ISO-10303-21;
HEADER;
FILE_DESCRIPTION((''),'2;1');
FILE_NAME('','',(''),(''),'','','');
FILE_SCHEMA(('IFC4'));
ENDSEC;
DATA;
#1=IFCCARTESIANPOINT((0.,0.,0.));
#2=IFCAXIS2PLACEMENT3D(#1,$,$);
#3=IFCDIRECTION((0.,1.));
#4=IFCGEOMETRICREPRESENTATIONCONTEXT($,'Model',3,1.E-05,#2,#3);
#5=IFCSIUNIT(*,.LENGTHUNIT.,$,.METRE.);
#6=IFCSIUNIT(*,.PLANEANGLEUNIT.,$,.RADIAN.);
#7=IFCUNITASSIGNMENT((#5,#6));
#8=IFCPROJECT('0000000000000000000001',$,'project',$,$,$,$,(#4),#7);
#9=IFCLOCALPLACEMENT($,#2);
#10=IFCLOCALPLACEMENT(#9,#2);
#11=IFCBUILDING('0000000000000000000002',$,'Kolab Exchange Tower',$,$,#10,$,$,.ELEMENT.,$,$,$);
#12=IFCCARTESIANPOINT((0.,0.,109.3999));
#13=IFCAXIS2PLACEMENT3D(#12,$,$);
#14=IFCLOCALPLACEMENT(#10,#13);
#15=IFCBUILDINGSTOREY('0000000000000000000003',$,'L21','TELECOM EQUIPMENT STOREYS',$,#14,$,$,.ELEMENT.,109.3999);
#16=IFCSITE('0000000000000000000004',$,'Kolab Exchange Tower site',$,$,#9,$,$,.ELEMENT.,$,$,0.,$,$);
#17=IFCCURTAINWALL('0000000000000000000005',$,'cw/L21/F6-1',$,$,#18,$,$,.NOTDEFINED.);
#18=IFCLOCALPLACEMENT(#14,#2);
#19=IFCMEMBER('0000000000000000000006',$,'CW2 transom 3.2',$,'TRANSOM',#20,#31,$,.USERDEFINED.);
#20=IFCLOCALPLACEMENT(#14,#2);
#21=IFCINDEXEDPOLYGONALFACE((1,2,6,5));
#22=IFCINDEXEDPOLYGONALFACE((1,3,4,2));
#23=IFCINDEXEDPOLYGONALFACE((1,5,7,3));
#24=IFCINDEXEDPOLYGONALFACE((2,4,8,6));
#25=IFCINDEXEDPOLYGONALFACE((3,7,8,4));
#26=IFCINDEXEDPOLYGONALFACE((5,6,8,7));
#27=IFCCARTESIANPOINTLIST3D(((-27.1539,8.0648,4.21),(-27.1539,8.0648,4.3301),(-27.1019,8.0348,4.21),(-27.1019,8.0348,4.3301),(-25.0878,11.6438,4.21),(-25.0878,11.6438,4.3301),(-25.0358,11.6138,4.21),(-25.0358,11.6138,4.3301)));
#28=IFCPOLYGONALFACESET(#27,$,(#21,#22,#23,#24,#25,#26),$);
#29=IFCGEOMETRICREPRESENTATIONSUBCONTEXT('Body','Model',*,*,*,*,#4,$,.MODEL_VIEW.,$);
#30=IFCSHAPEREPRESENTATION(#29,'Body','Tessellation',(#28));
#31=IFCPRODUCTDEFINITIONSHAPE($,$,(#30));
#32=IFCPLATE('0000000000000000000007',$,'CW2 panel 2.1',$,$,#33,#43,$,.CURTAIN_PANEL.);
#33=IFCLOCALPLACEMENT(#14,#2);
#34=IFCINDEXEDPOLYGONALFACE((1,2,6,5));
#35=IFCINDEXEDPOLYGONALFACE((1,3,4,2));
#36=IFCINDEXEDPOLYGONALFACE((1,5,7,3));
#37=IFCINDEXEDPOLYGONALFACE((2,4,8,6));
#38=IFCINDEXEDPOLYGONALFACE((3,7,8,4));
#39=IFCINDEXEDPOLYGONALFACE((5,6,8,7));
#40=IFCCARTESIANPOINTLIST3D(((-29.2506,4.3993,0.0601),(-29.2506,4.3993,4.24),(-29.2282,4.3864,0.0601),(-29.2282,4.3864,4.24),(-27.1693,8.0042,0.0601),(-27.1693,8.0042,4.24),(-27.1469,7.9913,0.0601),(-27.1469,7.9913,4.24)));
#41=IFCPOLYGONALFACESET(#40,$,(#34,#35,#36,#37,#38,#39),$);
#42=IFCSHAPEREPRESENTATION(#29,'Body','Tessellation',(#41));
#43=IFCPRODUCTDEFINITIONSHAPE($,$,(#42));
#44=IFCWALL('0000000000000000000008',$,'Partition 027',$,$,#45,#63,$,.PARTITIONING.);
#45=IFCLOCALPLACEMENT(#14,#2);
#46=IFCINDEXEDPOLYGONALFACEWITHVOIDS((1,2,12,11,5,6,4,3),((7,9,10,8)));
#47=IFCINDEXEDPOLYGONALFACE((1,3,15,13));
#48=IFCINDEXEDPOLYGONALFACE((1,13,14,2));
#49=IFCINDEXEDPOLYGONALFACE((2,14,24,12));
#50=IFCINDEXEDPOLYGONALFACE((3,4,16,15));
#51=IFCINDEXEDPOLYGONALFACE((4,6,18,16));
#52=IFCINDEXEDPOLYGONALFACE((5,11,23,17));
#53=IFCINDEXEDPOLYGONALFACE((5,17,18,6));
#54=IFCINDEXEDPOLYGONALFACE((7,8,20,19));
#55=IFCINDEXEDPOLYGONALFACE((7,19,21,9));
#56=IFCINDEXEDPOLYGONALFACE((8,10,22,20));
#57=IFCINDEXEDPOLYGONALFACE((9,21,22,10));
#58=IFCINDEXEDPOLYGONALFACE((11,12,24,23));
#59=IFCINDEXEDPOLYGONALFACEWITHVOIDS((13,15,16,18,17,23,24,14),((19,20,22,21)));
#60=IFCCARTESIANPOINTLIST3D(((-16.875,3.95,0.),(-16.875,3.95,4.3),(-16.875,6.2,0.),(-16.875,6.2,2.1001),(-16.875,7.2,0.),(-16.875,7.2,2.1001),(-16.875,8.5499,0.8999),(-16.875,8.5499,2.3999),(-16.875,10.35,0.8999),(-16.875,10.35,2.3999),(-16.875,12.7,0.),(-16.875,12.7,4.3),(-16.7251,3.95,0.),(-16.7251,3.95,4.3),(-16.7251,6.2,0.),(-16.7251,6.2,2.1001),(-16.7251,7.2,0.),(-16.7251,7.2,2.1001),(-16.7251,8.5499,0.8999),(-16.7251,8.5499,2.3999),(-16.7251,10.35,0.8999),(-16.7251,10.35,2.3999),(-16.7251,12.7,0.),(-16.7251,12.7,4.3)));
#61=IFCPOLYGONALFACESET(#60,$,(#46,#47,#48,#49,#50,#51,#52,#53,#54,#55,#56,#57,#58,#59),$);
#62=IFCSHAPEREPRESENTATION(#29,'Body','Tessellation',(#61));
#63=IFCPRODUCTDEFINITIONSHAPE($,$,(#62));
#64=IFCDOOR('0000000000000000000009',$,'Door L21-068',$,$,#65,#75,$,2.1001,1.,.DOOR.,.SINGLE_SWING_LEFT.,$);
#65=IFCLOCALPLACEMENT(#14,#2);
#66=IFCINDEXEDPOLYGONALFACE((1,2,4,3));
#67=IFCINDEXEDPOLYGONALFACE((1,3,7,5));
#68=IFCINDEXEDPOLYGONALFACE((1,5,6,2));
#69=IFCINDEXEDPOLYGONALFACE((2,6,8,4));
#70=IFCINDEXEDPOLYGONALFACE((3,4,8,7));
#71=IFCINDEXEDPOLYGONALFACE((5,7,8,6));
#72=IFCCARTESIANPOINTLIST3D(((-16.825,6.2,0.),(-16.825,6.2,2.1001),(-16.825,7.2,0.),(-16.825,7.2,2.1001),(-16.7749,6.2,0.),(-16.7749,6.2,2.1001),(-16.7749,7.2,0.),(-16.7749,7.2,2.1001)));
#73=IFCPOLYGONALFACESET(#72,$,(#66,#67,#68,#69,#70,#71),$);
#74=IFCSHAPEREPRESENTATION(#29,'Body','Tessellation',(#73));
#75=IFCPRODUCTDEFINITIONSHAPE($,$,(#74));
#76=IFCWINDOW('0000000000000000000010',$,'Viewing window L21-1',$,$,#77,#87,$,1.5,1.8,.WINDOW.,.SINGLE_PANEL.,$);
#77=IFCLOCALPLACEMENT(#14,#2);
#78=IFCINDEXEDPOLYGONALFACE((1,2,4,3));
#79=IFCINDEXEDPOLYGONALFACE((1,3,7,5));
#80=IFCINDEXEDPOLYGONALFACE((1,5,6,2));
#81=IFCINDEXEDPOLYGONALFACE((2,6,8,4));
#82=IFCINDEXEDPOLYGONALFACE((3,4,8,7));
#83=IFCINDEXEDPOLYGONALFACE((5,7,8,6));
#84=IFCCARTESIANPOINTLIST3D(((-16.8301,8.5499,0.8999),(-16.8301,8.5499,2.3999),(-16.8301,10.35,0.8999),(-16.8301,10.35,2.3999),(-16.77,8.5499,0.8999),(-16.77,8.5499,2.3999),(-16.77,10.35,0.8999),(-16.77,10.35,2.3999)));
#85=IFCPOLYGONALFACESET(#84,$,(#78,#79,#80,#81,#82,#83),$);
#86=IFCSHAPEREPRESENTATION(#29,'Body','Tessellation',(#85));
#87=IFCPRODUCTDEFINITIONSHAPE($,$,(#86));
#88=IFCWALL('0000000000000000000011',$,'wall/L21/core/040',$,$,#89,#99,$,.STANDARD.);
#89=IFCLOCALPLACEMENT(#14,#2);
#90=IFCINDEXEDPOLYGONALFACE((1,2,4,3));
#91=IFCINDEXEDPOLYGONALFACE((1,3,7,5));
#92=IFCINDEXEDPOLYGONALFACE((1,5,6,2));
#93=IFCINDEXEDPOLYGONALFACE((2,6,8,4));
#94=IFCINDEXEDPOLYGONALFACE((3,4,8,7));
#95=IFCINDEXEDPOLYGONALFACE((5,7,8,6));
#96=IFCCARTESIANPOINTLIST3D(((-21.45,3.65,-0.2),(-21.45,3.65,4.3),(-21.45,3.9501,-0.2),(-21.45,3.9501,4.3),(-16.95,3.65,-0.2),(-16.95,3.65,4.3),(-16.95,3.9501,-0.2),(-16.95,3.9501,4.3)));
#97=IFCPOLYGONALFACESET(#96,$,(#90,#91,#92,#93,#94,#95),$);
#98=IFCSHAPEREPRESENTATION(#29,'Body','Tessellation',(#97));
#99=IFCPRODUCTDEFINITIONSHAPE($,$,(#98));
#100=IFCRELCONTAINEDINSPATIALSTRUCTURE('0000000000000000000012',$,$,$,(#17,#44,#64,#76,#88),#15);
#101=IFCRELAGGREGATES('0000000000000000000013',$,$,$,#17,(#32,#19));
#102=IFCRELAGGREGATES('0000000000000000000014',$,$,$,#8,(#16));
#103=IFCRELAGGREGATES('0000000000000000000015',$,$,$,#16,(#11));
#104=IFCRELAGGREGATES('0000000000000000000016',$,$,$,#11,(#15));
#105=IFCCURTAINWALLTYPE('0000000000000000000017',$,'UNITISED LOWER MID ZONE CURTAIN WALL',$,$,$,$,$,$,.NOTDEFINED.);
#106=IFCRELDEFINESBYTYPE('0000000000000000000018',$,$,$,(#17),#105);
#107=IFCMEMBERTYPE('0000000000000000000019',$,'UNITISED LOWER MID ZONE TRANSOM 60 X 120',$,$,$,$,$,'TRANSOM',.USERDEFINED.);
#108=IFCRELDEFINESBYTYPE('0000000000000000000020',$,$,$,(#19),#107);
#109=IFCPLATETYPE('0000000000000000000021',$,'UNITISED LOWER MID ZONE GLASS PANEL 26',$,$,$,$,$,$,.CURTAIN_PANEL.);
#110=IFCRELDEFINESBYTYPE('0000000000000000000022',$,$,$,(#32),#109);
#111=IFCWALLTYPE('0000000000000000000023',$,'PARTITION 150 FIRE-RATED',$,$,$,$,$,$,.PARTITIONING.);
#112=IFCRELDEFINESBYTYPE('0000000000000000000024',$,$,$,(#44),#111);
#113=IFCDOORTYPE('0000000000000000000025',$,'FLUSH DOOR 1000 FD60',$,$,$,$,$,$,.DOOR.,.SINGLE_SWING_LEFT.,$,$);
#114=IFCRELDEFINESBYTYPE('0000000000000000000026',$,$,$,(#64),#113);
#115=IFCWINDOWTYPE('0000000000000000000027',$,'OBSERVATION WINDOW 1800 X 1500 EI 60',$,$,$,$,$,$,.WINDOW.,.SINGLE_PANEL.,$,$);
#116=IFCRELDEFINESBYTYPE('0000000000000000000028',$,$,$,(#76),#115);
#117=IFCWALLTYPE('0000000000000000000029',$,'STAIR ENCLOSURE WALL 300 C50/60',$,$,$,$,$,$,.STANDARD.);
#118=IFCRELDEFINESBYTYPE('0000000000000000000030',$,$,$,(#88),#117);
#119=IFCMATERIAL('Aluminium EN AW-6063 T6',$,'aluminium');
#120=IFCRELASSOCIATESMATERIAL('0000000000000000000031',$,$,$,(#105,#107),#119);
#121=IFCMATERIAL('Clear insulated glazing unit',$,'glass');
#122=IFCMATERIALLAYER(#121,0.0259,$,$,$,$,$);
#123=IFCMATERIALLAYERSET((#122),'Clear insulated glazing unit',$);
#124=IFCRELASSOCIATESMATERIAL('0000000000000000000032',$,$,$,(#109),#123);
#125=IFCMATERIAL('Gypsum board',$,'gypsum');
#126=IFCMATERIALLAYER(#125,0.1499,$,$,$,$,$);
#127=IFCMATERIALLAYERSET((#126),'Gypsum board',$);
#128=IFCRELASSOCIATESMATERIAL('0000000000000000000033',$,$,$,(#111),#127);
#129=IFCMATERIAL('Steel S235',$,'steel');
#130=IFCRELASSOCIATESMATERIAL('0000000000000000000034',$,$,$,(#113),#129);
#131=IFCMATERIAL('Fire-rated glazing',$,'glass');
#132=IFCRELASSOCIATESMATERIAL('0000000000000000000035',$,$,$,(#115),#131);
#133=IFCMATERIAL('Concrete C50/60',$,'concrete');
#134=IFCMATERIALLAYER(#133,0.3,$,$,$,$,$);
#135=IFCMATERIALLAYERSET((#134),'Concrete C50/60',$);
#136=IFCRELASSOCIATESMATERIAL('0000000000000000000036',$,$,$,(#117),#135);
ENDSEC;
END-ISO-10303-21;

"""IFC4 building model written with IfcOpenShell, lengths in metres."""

from ifc_helpers import new_model, si_unit, direction, frame, frame_2d, origin, origin_2d, place, context, subcontext, project, spatial, rectangle, extrude, material, layer, layer_set, material_profile, profile_set, type_object, element, fill, aggregate, save


model = new_model("IFC4")

# Units and contexts
model_context = context("Model", 3, precision=1e-05, world=origin(), true_north=direction((0.0, 1.0)))
body_context = subcontext(model_context, "Body", "Model", "MODEL_VIEW")
ifc_project = project(units=[si_unit("LENGTHUNIT", "METRE"), si_unit("PLANEANGLEUNIT", "RADIAN")], contexts=[model_context])

# Site, building, storey
site_placement = place(None, origin())
site = spatial("IfcSite", under=ifc_project, at=site_placement, Name="Kolab Exchange Tower site", CompositionType="ELEMENT", RefElevation=0.0)
building_placement = place(site_placement, origin())
building = spatial("IfcBuilding", under=site, at=building_placement, Name="Kolab Exchange Tower", CompositionType="ELEMENT")
storey_placement = place(building_placement, frame((0.0, 0.0, 109.3999)))
storey = spatial("IfcBuildingStorey", under=building, at=storey_placement, Name="L21", Description="TELECOM EQUIPMENT STOREYS", CompositionType="ELEMENT", Elevation=109.3999)

# Curtain wall, member, plate
ifc_material_1 = material(Name="Aluminium EN AW-6063 T6", Category="aluminium")
curtain_wall_type = type_object("IfcCurtainWallType", Name="UNITISED LOWER MID ZONE CURTAIN WALL", PredefinedType="NOTDEFINED", material=ifc_material_1)
curtain_wall_placement = place(storey_placement, origin())
curtain_wall = element("IfcCurtainWall", 1, at=curtain_wall_placement, inside=storey, type_object=curtain_wall_type, Name="cw/L21/F6-1", PredefinedType="NOTDEFINED")
ifc_material_profile_1 = material_profile(ifc_material_1, rectangle(XDim=0.0601, YDim=0.1201, at=origin_2d()), Name="RECT 60X120")
ifc_profile_set_1 = profile_set([ifc_material_profile_1], Name="Aluminium EN AW-6063 T6")
member_type_1 = type_object("IfcMemberType", Name="UNITISED LOWER MID ZONE TRANSOM 60 X 120", ElementType="TRANSOM", PredefinedType="USERDEFINED", material=ifc_profile_set_1)
member_1_placement = place(storey_placement, frame((-27.1279, 8.0498, 4.27), z_axis=(0.499958, 0.86605, 0.0), x_axis=(-0.86605, 0.499958, 0.0)))
member_1 = element("IfcMember", 2, at=member_1_placement, type_object=member_type_1, Name="CW2 transom 3.2", ObjectType="TRANSOM", PredefinedType="USERDEFINED", context=body_context, shape_type="SweptSolid", body=[
    extrude(rectangle(XDim=0.0601, YDim=0.1201, at=origin_2d()), origin(), (0.0, 0.0, 1.0), 4.1326),
])
ifc_material_2 = material(Name="Clear insulated glazing unit", Category="glass")
ifc_layer_1 = layer(ifc_material_2, 0.0259)
ifc_layer_set_1 = layer_set([ifc_layer_1], Name="Clear insulated glazing unit")
plate_type = type_object("IfcPlateType", Name="UNITISED LOWER MID ZONE GLASS PANEL 26", PredefinedType="CURTAIN_PANEL", material=ifc_layer_set_1)
plate_placement = place(storey_placement, frame((-28.1987, 6.1953, 0.0601), z_axis=(0.0, 0.0, 1.0), x_axis=(0.5, 0.866025, 0.0)))
plate = element("IfcPlate", 3, at=plate_placement, type_object=plate_type, Name="CW2 panel 2.1", PredefinedType="CURTAIN_PANEL", context=body_context, shape_type="SweptSolid", body=[
    extrude(rectangle(XDim=4.1626, YDim=0.0259, at=origin_2d()), origin(), (0.0, 0.0, 1.0), 4.1799),
])
aggregate(curtain_wall, [plate, member_1])

# Wall, openings, door, window
ifc_material_3 = material(Name="Gypsum board", Category="gypsum")
ifc_layer_2 = layer(ifc_material_3, 0.1499)
ifc_layer_set_2 = layer_set([ifc_layer_2], Name="Gypsum board")
wall_type_1 = type_object("IfcWallType", Name="PARTITION 150 FIRE-RATED", PredefinedType="PARTITIONING", material=ifc_layer_set_2)
wall_1_placement = place(storey_placement, frame((-16.8, 3.95, 0.0), z_axis=(0.0, 0.0, 1.0), x_axis=(0.0, 1.0, 0.0)))
wall_1 = element("IfcWall", 4, at=wall_1_placement, inside=storey, type_object=wall_type_1, Name="Partition 027", PredefinedType="PARTITIONING", context=body_context, shape_type="SweptSolid", body=[
    extrude(rectangle(XDim=8.75, YDim=0.1499, at=frame_2d((4.375, 0.0))), origin(), (0.0, 0.0, 1.0), 4.3),
])
opening_1_placement = place(wall_1_placement, frame((2.25, 0.0, 0.0)))
opening_1 = element("IfcOpeningElement", 5, at=opening_1_placement, cuts=wall_1, PredefinedType="OPENING", context=body_context, shape_type="SweptSolid", body=[
    extrude(rectangle(XDim=1.0, YDim=2.1001, at=frame_2d((0.5, 1.05))), frame((0.0, 0.085, 0.0), z_axis=(0.0, -1.0, 0.0), x_axis=(1.0, 0.0, 0.0)), (0.0, 0.0, 1.0), 0.1699),
])
opening_2_placement = place(wall_1_placement, frame((4.6001, 0.0, 0.8999)))
opening_2 = element("IfcOpeningElement", 6, at=opening_2_placement, cuts=wall_1, PredefinedType="OPENING", context=body_context, shape_type="SweptSolid", body=[
    extrude(rectangle(XDim=1.8, YDim=1.5, at=frame_2d((0.8999, 0.75))), frame((0.0, 0.085, 0.0), z_axis=(0.0, -1.0, 0.0), x_axis=(1.0, 0.0, 0.0)), (0.0, 0.0, 1.0), 0.1699),
])
ifc_material_4 = material(Name="Steel S235", Category="steel")
door_type = type_object("IfcDoorType", Name="FLUSH DOOR 1000 FD60", OperationType="SINGLE_SWING_LEFT", PredefinedType="DOOR", material=ifc_material_4)
door_placement = place(opening_1_placement, origin())
door = element("IfcDoor", 7, at=door_placement, inside=storey, type_object=door_type, Name="Door L21-068", OperationType="SINGLE_SWING_LEFT", OverallHeight=2.1001, OverallWidth=1.0, PredefinedType="DOOR", context=body_context, shape_type="SweptSolid", body=[
    extrude(rectangle(XDim=1.0, YDim=2.1001, at=frame_2d((0.5, 1.05))), frame((0.0, 0.0249, 0.0), z_axis=(0.0, -1.0, 0.0), x_axis=(1.0, 0.0, 0.0)), (0.0, 0.0, 1.0), 0.05),
])
fill(opening_1, door)
ifc_material_5 = material(Name="Fire-rated glazing", Category="glass")
window_type = type_object("IfcWindowType", Name="OBSERVATION WINDOW 1800 X 1500 EI 60", PartitioningType="SINGLE_PANEL", PredefinedType="WINDOW", material=ifc_material_5)
window_placement = place(opening_2_placement, origin())
window = element("IfcWindow", 8, at=window_placement, inside=storey, type_object=window_type, Name="Viewing window L21-1", OverallHeight=1.5, OverallWidth=1.8, PartitioningType="SINGLE_PANEL", PredefinedType="WINDOW", context=body_context, shape_type="SweptSolid", body=[
    extrude(rectangle(XDim=1.8, YDim=1.5, at=frame_2d((0.8999, 0.75))), frame((0.0, 0.03, 0.0), z_axis=(0.0, -1.0, 0.0), x_axis=(1.0, 0.0, 0.0)), (0.0, 0.0, 1.0), 0.0601),
])
fill(opening_2, window)

# Wall
ifc_material_6 = material(Name="Concrete C50/60", Category="concrete")
ifc_layer_3 = layer(ifc_material_6, 0.3)
ifc_layer_set_3 = layer_set([ifc_layer_3], Name="Concrete C50/60")
wall_type_2 = type_object("IfcWallType", Name="STAIR ENCLOSURE WALL 300 C50/60", PredefinedType="STANDARD", material=ifc_layer_set_3)
wall_2_placement = place(storey_placement, frame((-21.45, 3.8, -0.2), z_axis=(0.0, 0.0, 1.0), x_axis=(1.0, 0.0, 0.0)))
element("IfcWall", 9, at=wall_2_placement, inside=storey, type_object=wall_type_2, Name="wall/L21/core/040", PredefinedType="STANDARD", context=body_context, shape_type="SweptSolid", body=[
    extrude(rectangle(XDim=4.5, YDim=0.3, at=frame_2d((2.25, 0.0))), origin(), (0.0, 0.0, 1.0), 4.5),
])

save(model, "model.ifc")
